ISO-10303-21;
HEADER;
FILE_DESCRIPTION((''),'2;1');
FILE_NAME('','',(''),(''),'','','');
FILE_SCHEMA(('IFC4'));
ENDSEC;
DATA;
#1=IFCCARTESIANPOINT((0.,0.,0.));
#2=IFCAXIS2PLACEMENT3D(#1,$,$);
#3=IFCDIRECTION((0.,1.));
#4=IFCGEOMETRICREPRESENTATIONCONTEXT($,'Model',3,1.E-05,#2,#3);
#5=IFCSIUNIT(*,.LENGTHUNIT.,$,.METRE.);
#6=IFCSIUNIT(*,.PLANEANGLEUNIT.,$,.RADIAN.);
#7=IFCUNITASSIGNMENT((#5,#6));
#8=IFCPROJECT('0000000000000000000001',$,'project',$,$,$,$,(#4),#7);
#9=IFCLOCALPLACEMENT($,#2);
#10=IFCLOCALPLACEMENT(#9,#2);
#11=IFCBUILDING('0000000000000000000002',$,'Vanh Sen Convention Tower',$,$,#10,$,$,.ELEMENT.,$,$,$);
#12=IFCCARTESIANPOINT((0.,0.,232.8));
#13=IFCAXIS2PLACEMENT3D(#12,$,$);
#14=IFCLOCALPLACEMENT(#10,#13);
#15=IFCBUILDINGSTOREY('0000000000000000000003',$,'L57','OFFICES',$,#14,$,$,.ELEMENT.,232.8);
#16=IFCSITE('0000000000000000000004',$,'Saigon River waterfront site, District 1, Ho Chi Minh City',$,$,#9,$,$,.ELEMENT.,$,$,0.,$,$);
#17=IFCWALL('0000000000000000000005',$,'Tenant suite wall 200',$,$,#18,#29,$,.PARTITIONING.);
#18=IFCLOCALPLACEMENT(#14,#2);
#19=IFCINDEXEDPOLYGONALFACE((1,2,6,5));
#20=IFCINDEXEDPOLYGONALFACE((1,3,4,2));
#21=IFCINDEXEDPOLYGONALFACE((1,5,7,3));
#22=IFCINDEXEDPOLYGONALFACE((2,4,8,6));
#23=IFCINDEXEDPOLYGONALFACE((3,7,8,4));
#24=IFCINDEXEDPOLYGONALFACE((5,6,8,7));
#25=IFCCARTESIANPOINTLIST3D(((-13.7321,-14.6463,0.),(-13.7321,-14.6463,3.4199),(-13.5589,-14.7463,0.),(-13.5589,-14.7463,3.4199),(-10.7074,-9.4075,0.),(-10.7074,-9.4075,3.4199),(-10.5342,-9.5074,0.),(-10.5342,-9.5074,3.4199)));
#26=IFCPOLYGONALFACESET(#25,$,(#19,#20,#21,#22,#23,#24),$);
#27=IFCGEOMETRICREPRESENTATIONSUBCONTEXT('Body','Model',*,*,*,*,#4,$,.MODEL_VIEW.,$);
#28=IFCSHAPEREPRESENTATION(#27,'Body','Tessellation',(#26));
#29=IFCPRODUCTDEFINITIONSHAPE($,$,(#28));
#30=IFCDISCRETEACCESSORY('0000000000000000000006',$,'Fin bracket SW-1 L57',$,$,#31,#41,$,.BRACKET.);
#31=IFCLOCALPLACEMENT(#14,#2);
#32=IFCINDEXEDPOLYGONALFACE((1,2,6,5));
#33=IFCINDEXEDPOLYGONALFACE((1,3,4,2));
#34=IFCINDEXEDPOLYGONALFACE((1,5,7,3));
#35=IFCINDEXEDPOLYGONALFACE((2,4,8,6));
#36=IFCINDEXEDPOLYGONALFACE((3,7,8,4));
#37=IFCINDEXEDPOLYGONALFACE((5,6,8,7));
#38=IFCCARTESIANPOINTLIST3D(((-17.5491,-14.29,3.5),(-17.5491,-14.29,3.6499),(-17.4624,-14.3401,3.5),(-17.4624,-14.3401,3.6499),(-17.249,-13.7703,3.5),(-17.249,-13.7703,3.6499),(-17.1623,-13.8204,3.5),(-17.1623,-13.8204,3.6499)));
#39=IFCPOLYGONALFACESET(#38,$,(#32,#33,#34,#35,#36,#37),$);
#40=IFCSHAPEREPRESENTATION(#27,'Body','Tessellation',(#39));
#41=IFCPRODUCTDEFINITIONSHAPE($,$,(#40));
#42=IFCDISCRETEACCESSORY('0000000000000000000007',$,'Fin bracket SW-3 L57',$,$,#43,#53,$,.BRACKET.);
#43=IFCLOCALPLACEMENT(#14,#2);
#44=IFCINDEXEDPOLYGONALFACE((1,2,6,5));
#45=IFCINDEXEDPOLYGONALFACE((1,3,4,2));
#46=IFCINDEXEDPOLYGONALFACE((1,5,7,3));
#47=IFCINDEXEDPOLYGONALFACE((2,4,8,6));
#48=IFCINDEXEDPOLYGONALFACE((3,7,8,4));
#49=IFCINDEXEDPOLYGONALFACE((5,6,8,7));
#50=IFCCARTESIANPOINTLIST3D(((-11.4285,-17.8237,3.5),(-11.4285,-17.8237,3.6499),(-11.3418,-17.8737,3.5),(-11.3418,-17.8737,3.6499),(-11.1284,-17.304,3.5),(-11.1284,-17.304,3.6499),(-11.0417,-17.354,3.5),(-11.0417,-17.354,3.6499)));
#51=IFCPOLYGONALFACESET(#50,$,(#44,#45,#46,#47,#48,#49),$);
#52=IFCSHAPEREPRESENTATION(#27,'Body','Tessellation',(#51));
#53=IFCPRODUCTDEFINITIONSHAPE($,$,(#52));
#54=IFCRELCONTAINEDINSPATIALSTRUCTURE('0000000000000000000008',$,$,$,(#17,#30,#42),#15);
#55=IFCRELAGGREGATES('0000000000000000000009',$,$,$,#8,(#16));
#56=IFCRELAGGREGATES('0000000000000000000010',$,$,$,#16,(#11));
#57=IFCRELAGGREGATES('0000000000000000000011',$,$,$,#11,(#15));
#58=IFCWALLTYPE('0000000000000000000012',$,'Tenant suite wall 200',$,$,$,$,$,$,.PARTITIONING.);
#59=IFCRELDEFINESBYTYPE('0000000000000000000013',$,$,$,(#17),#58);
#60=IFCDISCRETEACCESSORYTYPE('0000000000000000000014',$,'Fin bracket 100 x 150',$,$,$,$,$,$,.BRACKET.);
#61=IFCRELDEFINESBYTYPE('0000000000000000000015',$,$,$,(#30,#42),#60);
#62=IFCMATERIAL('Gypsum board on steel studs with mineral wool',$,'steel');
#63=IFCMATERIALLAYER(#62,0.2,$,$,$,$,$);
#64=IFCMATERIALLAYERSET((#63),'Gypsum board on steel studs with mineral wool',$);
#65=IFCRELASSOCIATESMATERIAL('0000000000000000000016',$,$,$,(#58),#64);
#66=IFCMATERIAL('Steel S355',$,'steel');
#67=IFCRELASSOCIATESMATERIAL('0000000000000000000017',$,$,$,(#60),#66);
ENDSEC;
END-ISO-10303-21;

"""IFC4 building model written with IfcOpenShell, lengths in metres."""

from ifc_helpers import new_model, si_unit, direction, frame, frame_2d, origin, origin_2d, place, context, subcontext, project, spatial, rectangle, extrude, material, layer, layer_set, type_object, element, save


model = new_model("IFC4")

# Units and contexts
model_context = context("Model", 3, precision=1e-05, world=origin(), true_north=direction((0.0, 1.0)))
body_context = subcontext(model_context, "Body", "Model", "MODEL_VIEW")
ifc_project = project(units=[si_unit("LENGTHUNIT", "METRE"), si_unit("PLANEANGLEUNIT", "RADIAN")], contexts=[model_context])

# Site, building, storey
site_placement = place(None, origin())
site = spatial("IfcSite", under=ifc_project, at=site_placement, Name="Saigon River waterfront site, District 1, Ho Chi Minh City", CompositionType="ELEMENT", RefElevation=0.0)
building_placement = place(site_placement, origin())
building = spatial("IfcBuilding", under=site, at=building_placement, Name="Vanh Sen Convention Tower", CompositionType="ELEMENT")
storey_placement = place(building_placement, frame((0.0, 0.0, 232.8)))
storey = spatial("IfcBuildingStorey", under=building, at=storey_placement, Name="L57", Description="OFFICES", CompositionType="ELEMENT", Elevation=232.8)

# Shared definitions
ifc_material_1 = material(Name="Gypsum board on steel studs with mineral wool", Category="steel")

# Wall
ifc_layer_1 = layer(ifc_material_1, 0.2)
ifc_layer_set_1 = layer_set([ifc_layer_1], Name="Gypsum board on steel studs with mineral wool")
wall_type_1 = type_object("IfcWallType", Name="Tenant suite wall 200", PredefinedType="PARTITIONING", material=ifc_layer_set_1)
wall_1_placement = place(storey_placement, frame((-13.6455, -14.6963, 0.0), z_axis=(0.0, 0.0, 1.0), x_axis=(0.500007, 0.866022, 0.0)))
element("IfcWall", 1, at=wall_1_placement, inside=storey, type_object=wall_type_1, Name="Tenant suite wall 200", PredefinedType="PARTITIONING", context=body_context, shape_type="SweptSolid", body=[
    extrude(rectangle(XDim=6.0493, YDim=0.2, at=frame_2d((3.0247, 0.0))), origin(), (0.0, 0.0, 1.0), 3.4199),
])

# Discrete accessories
ifc_material_2 = material(Name="Steel S355", Category="steel")
discrete_accessory_type = type_object("IfcDiscreteAccessoryType", Name="Fin bracket 100 x 150", PredefinedType="BRACKET", material=ifc_material_2)
for number, where, z_axis, x_axis, name in (
    (2, (-17.3557, -14.0552, 3.5), (0.0, 0.0, 1.0), (-0.5, -0.866025, 0.0), "Fin bracket SW-1 L57"),
    (3, (-11.2351, -17.5889, 3.5), (0.0, 0.0, 1.0), (-0.5, -0.866025, 0.0), "Fin bracket SW-3 L57"),
):
    element("IfcDiscreteAccessory", number, at=place(storey_placement, frame(where, z_axis=z_axis, x_axis=x_axis)), inside=storey, type_object=discrete_accessory_type, Name=name, PredefinedType="BRACKET", context=body_context, shape_type="SweptSolid", body=[
        extrude(rectangle(XDim=0.6001, YDim=0.1001, at=origin_2d()), origin(), (0.0, 0.0, 1.0), 0.1499),
    ])

save(model, "model.ifc")
